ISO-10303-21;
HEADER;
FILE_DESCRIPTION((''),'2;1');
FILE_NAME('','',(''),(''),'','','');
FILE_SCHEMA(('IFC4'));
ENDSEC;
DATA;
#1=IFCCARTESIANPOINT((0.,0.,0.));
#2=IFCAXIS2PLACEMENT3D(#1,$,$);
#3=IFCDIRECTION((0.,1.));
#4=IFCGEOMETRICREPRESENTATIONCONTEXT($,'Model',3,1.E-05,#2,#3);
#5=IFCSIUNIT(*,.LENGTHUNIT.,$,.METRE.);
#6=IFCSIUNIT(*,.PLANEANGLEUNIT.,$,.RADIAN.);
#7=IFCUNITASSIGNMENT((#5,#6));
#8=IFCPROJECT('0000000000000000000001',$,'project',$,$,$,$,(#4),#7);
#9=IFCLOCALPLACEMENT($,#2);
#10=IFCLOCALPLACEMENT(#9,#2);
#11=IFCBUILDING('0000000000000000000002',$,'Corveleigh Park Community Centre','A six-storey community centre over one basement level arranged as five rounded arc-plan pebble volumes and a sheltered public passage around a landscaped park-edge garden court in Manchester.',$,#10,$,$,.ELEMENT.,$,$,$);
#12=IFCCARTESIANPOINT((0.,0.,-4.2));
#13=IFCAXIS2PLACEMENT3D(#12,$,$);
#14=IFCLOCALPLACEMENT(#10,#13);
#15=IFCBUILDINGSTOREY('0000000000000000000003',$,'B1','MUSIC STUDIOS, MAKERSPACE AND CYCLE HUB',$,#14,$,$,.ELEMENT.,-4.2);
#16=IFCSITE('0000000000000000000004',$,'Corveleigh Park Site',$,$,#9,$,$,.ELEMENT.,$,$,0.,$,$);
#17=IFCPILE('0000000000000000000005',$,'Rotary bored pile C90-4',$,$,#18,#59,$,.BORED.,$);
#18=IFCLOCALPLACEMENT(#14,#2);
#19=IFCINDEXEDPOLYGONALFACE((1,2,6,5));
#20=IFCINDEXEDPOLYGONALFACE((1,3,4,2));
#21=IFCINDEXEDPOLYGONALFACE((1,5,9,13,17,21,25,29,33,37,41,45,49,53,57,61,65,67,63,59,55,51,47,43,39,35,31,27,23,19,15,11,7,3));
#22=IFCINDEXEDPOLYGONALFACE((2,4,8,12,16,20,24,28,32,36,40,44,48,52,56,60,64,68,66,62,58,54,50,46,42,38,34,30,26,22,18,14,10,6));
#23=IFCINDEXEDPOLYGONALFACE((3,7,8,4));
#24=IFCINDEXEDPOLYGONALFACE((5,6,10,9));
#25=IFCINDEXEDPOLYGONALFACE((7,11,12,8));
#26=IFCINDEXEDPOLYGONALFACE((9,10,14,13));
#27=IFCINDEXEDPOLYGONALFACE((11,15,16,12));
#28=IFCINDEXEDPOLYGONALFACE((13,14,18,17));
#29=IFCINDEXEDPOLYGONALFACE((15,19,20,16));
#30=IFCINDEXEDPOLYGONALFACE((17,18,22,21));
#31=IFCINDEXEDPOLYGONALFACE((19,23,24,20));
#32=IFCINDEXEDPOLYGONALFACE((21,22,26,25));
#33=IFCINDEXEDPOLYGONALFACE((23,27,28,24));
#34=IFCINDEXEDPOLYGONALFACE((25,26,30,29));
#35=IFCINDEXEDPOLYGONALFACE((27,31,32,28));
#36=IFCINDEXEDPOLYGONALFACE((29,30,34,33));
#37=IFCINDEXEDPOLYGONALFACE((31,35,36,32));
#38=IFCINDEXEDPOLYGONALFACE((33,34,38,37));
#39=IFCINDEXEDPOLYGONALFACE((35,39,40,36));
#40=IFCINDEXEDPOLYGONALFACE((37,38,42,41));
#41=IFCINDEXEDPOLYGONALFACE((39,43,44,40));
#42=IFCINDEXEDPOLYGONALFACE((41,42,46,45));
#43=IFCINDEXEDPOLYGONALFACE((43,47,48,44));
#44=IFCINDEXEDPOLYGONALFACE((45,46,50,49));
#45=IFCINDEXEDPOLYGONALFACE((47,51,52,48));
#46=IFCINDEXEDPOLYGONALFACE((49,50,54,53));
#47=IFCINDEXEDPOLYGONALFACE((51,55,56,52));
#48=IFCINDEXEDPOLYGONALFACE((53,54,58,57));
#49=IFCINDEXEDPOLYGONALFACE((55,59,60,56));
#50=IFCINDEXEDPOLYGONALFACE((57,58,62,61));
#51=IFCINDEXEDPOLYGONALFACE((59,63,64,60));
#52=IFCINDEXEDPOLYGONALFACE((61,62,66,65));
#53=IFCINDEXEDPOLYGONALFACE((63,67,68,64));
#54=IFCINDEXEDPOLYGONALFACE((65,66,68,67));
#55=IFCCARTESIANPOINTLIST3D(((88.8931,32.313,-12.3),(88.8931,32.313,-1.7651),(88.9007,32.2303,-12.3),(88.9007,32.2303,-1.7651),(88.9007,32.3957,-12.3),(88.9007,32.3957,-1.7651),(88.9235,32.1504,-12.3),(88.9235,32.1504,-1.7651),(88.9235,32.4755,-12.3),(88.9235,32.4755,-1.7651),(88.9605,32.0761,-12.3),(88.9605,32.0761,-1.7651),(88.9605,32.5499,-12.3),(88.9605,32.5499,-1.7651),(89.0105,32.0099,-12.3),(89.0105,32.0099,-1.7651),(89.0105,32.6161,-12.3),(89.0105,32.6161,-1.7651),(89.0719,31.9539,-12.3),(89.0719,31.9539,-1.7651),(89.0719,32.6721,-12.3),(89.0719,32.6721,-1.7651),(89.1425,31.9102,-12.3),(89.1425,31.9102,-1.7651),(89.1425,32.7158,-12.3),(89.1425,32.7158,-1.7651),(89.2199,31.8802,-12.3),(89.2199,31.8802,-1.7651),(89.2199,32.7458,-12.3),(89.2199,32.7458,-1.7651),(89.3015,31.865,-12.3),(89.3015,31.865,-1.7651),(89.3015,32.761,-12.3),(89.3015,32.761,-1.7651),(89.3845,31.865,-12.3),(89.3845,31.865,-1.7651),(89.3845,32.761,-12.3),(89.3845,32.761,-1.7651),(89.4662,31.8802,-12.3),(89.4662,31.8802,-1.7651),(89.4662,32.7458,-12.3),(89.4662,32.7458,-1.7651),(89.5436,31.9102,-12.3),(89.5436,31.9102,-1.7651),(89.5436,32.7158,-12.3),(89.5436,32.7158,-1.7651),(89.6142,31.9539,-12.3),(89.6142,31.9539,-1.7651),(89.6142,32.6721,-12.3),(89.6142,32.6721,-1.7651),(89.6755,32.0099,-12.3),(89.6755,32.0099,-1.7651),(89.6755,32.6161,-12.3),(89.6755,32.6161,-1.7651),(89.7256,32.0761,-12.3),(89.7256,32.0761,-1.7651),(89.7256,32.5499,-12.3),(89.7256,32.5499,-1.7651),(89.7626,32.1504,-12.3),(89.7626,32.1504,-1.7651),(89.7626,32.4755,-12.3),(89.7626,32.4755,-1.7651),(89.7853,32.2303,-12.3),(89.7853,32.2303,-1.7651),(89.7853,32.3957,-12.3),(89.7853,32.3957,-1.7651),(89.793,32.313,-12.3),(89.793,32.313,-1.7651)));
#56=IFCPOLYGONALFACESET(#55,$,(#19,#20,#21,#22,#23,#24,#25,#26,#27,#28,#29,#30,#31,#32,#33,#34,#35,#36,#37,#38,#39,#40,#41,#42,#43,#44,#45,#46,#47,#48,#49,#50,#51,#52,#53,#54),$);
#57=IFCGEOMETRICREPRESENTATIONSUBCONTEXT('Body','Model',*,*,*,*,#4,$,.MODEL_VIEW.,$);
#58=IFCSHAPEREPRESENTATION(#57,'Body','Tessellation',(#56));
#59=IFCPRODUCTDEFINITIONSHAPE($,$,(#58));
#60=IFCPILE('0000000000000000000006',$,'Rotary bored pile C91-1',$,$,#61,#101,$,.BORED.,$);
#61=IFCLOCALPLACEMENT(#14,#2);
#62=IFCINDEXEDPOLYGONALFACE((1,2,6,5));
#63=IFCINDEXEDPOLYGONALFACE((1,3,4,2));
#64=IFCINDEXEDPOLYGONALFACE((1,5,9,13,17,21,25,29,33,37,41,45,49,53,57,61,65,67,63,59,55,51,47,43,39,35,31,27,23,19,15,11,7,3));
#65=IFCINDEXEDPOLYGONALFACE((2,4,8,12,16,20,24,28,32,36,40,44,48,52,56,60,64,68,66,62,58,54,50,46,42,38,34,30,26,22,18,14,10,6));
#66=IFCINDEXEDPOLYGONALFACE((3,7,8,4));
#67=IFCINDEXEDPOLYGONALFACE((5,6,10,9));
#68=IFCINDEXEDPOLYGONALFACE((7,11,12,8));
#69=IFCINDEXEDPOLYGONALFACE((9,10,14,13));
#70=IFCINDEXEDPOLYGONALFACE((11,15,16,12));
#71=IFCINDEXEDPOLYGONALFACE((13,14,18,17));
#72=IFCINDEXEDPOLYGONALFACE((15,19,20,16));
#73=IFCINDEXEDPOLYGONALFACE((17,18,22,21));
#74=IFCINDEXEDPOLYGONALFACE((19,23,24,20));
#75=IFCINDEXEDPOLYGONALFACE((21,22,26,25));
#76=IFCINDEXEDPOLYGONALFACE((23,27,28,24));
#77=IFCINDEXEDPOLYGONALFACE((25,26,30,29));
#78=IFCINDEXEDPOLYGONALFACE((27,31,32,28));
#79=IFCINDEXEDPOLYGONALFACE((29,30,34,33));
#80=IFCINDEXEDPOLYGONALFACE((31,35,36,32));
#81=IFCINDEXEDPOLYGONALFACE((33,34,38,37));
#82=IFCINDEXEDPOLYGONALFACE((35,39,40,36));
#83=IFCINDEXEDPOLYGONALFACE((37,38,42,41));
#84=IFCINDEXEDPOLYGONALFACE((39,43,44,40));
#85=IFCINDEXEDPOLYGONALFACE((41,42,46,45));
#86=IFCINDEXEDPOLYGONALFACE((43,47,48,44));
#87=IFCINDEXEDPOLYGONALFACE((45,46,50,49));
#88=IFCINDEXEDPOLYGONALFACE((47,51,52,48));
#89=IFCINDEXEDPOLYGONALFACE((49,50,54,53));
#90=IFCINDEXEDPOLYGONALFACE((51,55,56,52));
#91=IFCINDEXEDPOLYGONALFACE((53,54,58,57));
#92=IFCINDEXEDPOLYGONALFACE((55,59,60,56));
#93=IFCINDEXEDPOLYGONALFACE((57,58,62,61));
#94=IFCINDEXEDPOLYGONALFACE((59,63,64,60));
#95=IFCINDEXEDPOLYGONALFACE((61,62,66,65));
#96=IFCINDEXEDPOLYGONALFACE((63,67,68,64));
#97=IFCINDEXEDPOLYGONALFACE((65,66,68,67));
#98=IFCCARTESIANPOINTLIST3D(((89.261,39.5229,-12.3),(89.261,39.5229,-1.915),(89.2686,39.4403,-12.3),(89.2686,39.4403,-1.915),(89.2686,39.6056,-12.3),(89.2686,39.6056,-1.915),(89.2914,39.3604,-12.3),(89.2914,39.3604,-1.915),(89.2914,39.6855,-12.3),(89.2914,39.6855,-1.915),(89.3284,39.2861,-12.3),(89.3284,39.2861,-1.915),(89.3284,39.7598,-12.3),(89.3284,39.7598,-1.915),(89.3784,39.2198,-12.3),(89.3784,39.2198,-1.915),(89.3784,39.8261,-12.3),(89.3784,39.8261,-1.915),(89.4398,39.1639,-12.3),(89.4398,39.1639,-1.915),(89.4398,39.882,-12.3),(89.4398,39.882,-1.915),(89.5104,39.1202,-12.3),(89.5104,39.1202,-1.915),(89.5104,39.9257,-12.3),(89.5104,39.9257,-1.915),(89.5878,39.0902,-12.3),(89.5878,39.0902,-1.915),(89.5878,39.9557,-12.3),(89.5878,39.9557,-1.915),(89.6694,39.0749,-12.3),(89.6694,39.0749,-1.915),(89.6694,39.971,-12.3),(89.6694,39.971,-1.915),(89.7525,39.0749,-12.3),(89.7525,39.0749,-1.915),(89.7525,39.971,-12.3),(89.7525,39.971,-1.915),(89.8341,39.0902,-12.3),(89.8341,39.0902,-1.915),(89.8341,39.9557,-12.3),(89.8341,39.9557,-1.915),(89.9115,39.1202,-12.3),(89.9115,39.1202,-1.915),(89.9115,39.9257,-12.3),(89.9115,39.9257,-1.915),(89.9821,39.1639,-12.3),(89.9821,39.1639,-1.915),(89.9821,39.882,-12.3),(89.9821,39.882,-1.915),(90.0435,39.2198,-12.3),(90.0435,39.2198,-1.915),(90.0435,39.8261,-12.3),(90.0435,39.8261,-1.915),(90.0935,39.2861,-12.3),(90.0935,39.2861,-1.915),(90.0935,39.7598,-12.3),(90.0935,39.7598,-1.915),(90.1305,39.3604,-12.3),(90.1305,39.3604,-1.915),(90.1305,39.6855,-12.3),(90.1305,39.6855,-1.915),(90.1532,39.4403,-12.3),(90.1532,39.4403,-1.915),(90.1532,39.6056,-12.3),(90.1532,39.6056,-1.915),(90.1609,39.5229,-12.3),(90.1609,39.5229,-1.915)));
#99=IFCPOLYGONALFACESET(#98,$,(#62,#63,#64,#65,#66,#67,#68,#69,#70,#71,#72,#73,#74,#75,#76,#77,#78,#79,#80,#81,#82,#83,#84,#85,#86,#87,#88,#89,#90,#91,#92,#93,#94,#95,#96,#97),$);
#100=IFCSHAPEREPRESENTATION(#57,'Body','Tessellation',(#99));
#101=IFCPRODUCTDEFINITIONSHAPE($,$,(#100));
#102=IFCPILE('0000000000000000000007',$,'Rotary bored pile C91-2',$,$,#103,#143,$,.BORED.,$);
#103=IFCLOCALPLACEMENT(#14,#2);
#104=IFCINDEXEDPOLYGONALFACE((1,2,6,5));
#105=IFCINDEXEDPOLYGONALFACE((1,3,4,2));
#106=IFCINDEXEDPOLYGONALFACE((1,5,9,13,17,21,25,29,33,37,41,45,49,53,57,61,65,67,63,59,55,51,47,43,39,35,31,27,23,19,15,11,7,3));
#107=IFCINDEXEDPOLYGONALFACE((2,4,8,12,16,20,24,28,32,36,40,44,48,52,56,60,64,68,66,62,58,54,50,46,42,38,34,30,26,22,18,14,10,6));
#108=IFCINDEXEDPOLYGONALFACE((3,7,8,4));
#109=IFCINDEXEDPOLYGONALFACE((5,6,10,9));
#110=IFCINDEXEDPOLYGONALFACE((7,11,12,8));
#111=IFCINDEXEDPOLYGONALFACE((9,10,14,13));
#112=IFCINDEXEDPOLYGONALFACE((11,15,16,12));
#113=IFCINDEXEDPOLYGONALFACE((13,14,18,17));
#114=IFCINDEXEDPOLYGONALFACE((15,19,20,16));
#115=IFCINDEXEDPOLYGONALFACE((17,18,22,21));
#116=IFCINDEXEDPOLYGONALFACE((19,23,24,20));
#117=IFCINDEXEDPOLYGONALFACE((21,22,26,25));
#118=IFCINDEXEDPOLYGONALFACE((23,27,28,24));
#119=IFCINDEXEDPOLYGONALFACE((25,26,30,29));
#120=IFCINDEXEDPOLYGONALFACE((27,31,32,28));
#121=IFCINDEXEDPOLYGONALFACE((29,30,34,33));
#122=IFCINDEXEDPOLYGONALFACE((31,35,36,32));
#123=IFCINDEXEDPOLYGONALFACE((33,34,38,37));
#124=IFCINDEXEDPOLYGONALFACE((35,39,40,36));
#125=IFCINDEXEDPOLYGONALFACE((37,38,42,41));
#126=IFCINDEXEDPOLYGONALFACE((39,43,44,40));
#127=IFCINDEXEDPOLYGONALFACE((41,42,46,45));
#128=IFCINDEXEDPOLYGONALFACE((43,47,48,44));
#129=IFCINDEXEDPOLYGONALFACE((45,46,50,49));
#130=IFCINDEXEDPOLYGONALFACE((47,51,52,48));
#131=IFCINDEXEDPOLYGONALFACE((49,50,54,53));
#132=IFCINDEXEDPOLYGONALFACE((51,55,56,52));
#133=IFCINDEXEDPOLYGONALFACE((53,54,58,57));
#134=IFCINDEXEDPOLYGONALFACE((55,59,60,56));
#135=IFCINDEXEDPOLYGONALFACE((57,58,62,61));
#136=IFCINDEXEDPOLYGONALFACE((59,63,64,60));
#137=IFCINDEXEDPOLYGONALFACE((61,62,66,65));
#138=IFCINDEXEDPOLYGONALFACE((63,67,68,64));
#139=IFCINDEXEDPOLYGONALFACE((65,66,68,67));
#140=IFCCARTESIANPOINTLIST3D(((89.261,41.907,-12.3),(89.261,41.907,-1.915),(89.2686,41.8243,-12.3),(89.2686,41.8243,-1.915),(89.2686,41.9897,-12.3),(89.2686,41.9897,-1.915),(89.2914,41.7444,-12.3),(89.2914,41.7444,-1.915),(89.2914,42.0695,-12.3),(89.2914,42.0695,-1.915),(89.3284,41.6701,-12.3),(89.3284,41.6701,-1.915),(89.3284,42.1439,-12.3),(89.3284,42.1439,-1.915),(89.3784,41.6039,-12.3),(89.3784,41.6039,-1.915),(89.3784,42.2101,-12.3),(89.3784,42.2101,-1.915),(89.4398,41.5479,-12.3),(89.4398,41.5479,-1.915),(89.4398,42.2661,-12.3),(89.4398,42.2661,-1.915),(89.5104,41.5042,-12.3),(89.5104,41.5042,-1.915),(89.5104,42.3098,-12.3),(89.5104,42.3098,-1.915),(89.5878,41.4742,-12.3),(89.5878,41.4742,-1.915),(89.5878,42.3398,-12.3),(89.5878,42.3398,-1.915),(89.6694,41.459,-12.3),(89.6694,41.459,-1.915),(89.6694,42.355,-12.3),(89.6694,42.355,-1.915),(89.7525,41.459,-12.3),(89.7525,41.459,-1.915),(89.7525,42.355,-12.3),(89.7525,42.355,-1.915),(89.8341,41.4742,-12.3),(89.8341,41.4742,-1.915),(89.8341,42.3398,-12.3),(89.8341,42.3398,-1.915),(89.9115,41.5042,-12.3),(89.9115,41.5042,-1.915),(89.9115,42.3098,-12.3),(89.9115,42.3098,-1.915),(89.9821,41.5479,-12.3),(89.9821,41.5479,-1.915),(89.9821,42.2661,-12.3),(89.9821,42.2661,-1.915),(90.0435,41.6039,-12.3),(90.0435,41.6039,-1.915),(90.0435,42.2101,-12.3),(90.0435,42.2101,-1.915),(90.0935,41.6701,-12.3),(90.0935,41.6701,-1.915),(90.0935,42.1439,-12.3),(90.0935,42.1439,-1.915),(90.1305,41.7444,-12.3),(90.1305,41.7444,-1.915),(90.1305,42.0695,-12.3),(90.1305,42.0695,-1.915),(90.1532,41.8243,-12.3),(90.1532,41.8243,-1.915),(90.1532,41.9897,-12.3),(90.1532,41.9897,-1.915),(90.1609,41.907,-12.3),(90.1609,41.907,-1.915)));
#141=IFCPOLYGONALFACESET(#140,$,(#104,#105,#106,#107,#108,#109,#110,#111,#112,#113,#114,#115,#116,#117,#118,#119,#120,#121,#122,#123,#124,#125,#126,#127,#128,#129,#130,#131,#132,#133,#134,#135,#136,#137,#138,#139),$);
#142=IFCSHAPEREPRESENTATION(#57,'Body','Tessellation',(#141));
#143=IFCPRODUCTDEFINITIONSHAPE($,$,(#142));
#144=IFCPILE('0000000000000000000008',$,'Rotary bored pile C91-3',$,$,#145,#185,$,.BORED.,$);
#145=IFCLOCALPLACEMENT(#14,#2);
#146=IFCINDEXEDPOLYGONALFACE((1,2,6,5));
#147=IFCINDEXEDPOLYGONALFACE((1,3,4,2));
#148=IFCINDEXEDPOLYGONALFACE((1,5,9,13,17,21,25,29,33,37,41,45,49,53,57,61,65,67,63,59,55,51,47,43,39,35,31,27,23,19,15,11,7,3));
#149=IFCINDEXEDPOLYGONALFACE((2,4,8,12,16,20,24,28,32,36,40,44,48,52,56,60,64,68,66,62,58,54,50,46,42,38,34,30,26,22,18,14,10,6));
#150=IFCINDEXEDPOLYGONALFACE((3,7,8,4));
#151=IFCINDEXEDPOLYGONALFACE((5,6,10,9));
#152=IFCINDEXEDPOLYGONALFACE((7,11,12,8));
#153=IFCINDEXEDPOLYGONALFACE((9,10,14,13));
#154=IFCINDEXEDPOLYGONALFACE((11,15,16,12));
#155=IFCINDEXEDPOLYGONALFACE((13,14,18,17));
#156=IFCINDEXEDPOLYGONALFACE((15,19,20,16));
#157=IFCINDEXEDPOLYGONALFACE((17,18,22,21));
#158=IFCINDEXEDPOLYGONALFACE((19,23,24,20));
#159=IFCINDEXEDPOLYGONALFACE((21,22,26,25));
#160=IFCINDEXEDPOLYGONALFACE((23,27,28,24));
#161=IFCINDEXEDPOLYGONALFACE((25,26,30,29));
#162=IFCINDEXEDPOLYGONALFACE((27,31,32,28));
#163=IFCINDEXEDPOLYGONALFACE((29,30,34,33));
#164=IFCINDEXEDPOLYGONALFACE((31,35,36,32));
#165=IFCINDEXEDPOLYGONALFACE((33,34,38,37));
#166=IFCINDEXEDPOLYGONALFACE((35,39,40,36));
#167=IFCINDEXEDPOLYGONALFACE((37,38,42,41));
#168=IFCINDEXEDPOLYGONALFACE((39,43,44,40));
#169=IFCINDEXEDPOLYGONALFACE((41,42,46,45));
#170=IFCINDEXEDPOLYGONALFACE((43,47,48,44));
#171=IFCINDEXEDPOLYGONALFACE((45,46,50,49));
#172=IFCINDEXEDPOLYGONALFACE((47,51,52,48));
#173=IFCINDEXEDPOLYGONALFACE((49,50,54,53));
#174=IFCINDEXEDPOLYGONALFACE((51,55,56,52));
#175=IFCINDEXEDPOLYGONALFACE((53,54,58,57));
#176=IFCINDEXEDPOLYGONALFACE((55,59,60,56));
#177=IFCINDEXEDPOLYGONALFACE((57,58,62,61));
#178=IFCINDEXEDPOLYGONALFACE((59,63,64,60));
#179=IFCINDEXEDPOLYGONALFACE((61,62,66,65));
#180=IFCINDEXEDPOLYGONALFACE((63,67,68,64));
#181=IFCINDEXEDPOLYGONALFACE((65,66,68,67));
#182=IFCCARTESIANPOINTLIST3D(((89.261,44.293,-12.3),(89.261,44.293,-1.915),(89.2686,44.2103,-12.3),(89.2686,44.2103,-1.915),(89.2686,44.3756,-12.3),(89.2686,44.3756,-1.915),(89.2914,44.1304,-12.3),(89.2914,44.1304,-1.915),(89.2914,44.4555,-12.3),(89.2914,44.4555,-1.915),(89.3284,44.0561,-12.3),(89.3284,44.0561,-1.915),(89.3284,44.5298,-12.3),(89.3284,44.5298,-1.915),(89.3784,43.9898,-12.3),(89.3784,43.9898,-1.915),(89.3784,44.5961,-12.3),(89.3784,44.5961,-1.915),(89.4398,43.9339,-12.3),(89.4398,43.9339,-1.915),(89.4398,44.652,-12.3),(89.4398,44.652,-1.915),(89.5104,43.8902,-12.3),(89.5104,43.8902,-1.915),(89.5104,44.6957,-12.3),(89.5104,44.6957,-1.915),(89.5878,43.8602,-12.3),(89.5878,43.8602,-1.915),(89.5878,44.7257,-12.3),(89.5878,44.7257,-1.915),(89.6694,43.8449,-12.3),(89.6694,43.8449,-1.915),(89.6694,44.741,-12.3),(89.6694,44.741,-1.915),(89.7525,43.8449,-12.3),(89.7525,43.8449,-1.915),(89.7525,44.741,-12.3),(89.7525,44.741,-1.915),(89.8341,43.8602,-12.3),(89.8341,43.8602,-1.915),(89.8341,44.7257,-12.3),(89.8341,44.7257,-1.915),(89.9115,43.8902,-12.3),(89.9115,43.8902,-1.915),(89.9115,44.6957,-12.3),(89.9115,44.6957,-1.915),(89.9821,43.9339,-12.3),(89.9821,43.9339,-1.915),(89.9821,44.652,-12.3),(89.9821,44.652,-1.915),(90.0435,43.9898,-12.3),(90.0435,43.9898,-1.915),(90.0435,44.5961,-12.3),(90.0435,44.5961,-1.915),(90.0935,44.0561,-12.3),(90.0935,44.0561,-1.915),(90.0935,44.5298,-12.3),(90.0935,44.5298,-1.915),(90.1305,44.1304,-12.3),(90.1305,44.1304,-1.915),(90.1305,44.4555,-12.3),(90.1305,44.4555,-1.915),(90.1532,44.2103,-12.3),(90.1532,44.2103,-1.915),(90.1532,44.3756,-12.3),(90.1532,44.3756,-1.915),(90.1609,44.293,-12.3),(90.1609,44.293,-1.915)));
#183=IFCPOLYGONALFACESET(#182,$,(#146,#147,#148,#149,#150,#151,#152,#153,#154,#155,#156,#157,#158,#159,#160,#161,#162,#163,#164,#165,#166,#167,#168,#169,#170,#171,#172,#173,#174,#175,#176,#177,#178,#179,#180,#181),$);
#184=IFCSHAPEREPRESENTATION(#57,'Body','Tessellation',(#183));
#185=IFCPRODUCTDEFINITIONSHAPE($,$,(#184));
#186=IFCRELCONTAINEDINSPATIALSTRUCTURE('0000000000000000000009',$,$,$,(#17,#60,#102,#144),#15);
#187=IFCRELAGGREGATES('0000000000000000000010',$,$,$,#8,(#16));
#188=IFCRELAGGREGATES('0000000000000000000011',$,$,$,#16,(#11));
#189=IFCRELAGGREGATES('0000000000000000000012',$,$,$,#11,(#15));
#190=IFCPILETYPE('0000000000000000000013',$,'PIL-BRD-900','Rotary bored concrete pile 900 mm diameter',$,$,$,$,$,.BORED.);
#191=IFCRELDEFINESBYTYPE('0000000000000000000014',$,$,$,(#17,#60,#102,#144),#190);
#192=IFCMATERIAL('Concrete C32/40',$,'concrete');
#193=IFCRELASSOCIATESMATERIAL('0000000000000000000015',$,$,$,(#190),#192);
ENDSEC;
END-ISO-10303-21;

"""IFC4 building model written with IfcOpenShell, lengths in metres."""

from ifc_helpers import new_model, si_unit, direction, frame, origin, origin_2d, place, context, subcontext, project, spatial, circle, extrude, material, material_profile, profile_set, type_object, element, save


model = new_model("IFC4")

# Units and contexts
model_context = context("Model", 3, precision=1e-05, world=origin(), true_north=direction((0.0, 1.0)))
body_context = subcontext(model_context, "Body", "Model", "MODEL_VIEW")
ifc_project = project(units=[si_unit("LENGTHUNIT", "METRE"), si_unit("PLANEANGLEUNIT", "RADIAN")], contexts=[model_context])

# Site, building, storey
site_placement = place(None, origin())
site = spatial("IfcSite", under=ifc_project, at=site_placement, Name="Corveleigh Park Site", CompositionType="ELEMENT", RefElevation=0.0)
building_placement = place(site_placement, origin())
building = spatial("IfcBuilding", under=site, at=building_placement, Name="Corveleigh Park Community Centre", Description="A six-storey community centre over one basement level arranged as five rounded arc-plan pebble volumes and a sheltered public passage around a landscaped park-edge garden court in Manchester.", CompositionType="ELEMENT")
storey_placement = place(building_placement, frame((0.0, 0.0, -4.2)))
storey = spatial("IfcBuildingStorey", under=building, at=storey_placement, Name="B1", Description="MUSIC STUDIOS, MAKERSPACE AND CYCLE HUB", CompositionType="ELEMENT", Elevation=-4.2)

# Piles
ifc_material_1 = material(Name="Concrete C32/40", Category="concrete")
ifc_material_profile_1 = material_profile(ifc_material_1, circle(Radius=0.45, at=origin_2d()), Name="BORED-PILE-900", Category="concrete")
ifc_profile_set_1 = profile_set([ifc_material_profile_1], Name="Concrete C32/40")
pile_type_1 = type_object("IfcPileType", Name="PIL-BRD-900", Description="Rotary bored concrete pile 900 mm diameter", PredefinedType="BORED", material=ifc_profile_set_1)
for number, where, z_axis, x_axis, name in (
    (1, (89.343, 32.313, -1.7651), (0.0, 0.0, -1.0), (1.0, 0.0, 0.0), "Rotary bored pile C90-4"),
):
    element("IfcPile", number, at=place(storey_placement, frame(where, z_axis=z_axis, x_axis=x_axis)), inside=storey, type_object=pile_type_1, Name=name, PredefinedType="BORED", context=body_context, shape_type="SweptSolid", body=[
        extrude(circle(Radius=0.45, at=origin_2d()), origin(), (0.0, 0.0, 1.0), 10.5349),
    ])
for number, where, z_axis, x_axis, name in (
    (2, (89.7109, 39.5229, -1.915), (0.0, 0.0, -1.0), (1.0, 0.0, 0.0), "Rotary bored pile C91-1"),
    (3, (89.7109, 41.907, -1.915), (0.0, 0.0, -1.0), (1.0, 0.0, 0.0), "Rotary bored pile C91-2"),
    (4, (89.7109, 44.293, -1.915), (0.0, 0.0, -1.0), (1.0, 0.0, 0.0), "Rotary bored pile C91-3"),
):
    element("IfcPile", number, at=place(storey_placement, frame(where, z_axis=z_axis, x_axis=x_axis)), inside=storey, type_object=pile_type_1, Name=name, PredefinedType="BORED", context=body_context, shape_type="SweptSolid", body=[
        extrude(circle(Radius=0.45, at=origin_2d()), origin(), (0.0, 0.0, 1.0), 10.385),
    ])

save(model, "model.ifc")
